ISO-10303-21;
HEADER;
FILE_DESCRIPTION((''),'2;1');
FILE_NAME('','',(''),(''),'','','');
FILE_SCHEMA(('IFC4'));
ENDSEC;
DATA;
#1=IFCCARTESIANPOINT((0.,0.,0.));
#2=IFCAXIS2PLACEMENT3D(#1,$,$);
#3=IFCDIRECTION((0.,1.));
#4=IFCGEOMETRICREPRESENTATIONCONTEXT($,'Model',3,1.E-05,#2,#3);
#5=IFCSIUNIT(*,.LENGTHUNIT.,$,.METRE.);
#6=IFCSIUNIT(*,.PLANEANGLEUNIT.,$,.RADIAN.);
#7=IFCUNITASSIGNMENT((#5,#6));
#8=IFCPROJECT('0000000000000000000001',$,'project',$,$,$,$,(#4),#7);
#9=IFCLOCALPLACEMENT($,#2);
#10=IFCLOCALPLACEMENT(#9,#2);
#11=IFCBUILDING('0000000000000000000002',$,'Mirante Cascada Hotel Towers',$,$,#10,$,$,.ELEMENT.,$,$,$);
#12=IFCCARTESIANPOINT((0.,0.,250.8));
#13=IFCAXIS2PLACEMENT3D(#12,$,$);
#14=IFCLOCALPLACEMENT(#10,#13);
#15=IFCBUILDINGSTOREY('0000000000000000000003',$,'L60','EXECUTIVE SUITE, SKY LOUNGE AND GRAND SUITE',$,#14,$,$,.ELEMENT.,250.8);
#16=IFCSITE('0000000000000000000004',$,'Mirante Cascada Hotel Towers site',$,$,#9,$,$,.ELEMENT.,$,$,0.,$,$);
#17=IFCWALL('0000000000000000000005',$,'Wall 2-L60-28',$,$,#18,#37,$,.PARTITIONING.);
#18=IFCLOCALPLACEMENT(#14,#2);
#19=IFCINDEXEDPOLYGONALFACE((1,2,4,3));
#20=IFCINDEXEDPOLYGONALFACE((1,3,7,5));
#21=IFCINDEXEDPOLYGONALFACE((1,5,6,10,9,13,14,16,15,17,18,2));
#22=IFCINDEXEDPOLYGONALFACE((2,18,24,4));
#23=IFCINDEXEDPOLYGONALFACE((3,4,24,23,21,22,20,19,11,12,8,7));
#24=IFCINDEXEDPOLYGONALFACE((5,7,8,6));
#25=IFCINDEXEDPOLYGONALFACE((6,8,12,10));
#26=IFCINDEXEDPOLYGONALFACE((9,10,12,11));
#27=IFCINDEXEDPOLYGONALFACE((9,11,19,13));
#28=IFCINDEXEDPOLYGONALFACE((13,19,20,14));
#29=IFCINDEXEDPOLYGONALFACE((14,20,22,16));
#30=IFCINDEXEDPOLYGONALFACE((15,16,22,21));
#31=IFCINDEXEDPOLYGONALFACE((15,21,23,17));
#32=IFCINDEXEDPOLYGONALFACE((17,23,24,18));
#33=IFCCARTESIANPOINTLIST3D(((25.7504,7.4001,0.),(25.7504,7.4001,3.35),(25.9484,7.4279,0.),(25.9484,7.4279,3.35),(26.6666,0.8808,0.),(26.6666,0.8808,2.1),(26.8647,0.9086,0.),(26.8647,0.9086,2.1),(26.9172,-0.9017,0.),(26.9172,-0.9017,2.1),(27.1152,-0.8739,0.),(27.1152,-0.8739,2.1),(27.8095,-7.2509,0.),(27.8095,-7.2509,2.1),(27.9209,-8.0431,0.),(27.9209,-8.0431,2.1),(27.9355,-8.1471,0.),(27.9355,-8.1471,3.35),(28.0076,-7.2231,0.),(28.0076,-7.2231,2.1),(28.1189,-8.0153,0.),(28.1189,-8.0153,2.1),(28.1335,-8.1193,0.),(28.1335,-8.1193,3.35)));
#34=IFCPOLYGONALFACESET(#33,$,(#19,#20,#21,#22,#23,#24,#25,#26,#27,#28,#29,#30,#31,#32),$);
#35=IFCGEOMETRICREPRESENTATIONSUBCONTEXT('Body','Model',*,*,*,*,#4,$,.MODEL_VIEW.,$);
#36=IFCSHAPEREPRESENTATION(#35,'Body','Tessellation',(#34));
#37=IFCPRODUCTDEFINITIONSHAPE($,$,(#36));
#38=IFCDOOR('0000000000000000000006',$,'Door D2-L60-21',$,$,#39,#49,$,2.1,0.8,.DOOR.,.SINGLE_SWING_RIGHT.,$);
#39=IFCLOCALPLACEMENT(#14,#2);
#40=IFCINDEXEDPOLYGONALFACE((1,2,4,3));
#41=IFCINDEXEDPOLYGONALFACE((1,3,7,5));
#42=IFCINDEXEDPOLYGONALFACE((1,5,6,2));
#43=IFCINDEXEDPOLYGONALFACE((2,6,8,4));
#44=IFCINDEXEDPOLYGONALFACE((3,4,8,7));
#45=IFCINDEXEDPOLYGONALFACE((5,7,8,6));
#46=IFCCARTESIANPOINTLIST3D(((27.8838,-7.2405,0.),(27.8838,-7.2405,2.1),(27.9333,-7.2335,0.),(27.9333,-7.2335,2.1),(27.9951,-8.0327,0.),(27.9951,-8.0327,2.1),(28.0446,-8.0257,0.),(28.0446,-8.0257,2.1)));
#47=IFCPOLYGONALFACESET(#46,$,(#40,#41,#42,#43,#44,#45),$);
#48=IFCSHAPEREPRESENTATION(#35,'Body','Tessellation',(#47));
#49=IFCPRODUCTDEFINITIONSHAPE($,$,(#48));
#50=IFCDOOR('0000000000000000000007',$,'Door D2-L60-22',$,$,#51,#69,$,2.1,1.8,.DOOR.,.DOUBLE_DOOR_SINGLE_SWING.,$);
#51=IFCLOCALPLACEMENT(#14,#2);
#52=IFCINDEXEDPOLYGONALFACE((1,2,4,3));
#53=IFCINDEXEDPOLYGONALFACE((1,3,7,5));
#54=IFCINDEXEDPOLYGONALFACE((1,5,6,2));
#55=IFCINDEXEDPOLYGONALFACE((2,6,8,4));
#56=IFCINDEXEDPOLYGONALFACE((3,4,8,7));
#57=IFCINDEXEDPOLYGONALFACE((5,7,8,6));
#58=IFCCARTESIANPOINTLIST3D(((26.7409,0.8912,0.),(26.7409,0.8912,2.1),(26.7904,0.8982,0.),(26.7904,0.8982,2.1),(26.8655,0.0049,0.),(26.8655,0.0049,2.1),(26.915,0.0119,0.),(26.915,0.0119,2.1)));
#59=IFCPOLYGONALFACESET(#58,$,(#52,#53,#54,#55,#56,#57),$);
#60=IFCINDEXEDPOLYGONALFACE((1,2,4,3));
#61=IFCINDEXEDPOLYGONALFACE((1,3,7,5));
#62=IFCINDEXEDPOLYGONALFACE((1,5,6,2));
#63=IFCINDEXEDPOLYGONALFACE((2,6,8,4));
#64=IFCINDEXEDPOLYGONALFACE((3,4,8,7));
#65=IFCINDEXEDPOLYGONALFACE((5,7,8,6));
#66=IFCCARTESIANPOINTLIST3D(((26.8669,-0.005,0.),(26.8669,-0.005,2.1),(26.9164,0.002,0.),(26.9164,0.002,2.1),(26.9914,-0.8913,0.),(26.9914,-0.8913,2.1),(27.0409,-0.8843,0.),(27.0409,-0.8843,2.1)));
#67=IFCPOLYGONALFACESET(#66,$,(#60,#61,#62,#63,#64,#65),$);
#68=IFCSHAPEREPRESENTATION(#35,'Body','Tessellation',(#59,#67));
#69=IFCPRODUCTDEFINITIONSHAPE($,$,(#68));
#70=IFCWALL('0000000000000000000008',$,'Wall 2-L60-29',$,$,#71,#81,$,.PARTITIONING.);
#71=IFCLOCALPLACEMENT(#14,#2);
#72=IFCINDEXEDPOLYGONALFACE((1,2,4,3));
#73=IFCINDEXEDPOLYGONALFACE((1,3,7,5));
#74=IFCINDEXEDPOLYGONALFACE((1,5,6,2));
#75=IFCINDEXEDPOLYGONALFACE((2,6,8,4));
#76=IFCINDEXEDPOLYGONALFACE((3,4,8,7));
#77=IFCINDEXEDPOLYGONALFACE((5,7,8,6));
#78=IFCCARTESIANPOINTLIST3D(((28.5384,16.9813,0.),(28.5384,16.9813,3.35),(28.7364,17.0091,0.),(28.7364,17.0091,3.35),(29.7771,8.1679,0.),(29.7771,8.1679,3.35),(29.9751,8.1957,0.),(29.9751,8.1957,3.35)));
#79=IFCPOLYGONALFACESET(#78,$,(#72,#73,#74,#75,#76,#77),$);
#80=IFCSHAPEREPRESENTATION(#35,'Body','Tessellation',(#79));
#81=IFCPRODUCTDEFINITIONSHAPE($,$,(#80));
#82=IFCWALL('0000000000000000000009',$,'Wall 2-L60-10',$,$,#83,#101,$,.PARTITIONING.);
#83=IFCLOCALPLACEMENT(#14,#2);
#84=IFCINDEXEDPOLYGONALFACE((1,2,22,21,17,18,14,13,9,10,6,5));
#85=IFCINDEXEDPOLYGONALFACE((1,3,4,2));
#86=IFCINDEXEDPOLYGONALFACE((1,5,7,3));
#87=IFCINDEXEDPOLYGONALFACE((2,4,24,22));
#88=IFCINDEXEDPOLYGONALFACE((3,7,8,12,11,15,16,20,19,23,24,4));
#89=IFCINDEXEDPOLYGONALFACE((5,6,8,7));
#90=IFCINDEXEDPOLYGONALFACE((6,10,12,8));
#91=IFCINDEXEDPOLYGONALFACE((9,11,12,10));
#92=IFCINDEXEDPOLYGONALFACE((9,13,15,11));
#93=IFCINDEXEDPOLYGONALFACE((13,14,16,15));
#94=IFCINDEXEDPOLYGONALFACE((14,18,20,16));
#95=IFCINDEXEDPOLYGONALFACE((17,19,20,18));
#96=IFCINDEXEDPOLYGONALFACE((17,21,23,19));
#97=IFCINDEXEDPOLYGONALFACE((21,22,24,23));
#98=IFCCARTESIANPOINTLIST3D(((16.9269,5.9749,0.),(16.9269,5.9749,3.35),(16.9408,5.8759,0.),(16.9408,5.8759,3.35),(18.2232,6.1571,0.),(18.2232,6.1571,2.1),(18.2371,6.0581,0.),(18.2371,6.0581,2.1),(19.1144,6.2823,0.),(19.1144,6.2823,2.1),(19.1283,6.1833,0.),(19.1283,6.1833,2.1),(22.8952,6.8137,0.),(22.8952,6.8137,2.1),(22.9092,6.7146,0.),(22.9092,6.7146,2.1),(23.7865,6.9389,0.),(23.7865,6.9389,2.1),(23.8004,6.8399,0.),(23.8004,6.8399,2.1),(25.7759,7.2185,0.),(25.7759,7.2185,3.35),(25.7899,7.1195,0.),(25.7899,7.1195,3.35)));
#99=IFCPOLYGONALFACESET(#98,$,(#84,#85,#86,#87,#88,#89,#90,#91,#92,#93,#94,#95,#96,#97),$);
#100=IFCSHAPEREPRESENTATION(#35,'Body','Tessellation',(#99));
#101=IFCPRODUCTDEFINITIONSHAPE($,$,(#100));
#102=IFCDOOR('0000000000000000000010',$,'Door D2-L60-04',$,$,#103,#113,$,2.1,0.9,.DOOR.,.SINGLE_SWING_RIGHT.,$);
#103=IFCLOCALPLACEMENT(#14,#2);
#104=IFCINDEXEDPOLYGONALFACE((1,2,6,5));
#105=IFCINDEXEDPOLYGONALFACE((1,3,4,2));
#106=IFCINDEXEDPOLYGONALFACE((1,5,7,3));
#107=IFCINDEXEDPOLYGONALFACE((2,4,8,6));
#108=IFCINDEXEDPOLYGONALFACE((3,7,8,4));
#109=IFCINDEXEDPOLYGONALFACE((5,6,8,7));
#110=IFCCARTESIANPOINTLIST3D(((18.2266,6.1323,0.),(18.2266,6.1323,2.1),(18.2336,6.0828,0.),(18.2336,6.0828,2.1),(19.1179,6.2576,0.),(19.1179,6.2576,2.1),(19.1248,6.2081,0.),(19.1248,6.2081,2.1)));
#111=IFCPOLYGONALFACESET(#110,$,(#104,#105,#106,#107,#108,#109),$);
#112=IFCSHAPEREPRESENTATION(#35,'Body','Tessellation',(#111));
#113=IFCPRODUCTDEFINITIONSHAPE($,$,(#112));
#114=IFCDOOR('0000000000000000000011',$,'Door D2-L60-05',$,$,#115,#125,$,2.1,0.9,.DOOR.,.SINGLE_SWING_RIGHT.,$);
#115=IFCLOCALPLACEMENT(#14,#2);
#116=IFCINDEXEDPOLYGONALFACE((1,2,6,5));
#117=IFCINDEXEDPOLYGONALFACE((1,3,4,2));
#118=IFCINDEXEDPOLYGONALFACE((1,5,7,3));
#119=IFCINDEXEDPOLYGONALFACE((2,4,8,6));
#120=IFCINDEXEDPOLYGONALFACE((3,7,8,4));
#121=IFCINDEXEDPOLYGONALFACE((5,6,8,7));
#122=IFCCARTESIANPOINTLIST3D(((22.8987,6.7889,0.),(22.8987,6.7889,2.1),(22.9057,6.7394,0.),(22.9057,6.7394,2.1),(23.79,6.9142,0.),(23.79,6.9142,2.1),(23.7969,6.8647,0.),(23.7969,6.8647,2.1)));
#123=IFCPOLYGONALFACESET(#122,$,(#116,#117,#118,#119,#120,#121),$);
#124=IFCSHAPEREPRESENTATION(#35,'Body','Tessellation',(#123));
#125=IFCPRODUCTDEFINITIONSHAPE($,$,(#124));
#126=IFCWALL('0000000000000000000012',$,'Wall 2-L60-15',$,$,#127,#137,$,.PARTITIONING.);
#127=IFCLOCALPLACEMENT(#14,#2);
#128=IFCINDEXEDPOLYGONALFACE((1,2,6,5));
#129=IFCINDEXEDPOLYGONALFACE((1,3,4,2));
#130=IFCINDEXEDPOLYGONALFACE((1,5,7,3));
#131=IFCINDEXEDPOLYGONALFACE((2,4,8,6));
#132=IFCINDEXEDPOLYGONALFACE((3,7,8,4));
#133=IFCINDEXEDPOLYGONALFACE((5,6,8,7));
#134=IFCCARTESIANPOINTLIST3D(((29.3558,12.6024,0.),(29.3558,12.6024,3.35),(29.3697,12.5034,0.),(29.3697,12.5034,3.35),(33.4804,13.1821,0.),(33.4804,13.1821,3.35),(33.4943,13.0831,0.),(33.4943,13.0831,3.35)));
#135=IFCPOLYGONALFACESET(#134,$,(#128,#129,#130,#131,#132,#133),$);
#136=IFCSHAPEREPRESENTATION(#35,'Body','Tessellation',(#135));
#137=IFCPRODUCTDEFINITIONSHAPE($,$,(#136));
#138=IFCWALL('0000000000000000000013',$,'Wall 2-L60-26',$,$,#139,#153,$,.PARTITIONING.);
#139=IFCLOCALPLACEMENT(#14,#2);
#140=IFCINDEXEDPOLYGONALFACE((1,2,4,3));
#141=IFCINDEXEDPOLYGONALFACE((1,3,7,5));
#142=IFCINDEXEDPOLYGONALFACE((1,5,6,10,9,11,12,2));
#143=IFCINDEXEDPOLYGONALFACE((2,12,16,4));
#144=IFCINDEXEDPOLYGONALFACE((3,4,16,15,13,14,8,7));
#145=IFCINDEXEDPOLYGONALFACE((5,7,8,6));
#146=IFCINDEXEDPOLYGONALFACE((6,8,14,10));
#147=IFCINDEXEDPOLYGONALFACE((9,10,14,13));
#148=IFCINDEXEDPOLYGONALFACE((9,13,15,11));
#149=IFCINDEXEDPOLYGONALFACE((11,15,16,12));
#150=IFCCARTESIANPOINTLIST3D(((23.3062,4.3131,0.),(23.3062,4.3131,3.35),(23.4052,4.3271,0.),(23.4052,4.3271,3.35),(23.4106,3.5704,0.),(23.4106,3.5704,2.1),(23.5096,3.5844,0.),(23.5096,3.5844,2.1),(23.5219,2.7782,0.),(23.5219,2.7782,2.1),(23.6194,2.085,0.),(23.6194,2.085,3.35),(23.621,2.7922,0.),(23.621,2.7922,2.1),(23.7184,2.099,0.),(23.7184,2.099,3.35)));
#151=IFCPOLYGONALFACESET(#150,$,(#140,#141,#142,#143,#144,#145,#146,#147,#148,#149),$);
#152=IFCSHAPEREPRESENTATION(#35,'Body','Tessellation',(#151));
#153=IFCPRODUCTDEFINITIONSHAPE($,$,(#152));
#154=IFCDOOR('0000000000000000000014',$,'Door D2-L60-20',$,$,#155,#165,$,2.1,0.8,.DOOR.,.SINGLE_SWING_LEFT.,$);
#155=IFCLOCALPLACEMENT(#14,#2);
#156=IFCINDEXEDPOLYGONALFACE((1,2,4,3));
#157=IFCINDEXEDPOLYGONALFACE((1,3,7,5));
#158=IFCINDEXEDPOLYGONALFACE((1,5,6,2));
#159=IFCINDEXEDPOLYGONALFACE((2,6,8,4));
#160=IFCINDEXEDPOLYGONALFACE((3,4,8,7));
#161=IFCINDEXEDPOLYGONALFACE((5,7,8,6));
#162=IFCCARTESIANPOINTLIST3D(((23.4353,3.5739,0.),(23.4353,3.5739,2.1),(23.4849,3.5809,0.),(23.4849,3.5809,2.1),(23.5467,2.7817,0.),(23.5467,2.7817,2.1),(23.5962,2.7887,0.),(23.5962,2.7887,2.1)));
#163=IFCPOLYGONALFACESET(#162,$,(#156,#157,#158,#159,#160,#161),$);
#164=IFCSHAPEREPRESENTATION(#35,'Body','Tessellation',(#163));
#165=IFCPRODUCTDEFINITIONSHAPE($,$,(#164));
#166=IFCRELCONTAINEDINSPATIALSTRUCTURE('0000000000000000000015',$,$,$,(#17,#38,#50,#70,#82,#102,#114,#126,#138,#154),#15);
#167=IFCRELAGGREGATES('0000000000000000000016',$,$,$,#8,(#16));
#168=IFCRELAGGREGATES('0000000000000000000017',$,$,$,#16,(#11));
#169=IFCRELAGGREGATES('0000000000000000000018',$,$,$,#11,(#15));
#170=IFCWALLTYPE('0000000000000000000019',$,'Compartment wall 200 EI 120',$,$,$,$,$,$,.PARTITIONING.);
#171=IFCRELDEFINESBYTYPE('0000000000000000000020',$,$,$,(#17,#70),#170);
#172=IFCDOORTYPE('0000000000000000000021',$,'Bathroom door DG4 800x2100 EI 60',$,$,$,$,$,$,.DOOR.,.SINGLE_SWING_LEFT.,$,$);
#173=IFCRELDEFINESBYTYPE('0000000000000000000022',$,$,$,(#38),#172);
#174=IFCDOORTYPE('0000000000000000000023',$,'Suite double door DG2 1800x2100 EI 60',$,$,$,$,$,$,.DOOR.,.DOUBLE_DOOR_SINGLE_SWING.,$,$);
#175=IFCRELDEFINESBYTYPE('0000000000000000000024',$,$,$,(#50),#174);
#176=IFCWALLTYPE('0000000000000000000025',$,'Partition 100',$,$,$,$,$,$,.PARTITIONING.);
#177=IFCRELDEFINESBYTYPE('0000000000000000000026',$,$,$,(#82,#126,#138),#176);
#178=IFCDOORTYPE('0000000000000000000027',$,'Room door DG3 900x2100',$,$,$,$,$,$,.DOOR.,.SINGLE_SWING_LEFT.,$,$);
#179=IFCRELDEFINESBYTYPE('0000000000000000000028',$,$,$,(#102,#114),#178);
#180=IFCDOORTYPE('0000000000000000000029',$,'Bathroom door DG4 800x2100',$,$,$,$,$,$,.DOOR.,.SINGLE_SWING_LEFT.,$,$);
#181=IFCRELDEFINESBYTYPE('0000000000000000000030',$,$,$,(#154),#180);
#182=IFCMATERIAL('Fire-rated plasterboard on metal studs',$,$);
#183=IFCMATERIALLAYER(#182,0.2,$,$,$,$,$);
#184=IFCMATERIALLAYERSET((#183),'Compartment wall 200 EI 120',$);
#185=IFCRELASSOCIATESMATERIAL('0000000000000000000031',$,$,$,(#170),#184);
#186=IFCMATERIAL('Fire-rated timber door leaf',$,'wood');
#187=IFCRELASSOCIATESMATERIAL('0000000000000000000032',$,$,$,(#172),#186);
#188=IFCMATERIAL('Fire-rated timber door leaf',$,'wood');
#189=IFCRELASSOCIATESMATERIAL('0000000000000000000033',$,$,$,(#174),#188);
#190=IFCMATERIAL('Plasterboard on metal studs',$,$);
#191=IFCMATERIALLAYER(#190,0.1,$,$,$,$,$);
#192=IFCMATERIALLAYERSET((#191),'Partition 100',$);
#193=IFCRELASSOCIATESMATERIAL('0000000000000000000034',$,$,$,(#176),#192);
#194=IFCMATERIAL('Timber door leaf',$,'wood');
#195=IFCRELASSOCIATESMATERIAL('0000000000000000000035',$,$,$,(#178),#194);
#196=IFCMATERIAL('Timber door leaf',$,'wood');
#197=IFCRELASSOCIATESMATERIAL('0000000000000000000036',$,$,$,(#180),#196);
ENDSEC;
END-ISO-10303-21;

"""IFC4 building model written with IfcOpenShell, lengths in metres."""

from ifc_helpers import new_model, si_unit, direction, frame, frame_2d, origin, place, context, subcontext, project, spatial, rectangle, extrude, material, layer, layer_set, type_object, element, fill, save


model = new_model("IFC4")

# Units and contexts
model_context = context("Model", 3, precision=1e-05, world=origin(), true_north=direction((0.0, 1.0)))
body_context = subcontext(model_context, "Body", "Model", "MODEL_VIEW")
ifc_project = project(units=[si_unit("LENGTHUNIT", "METRE"), si_unit("PLANEANGLEUNIT", "RADIAN")], contexts=[model_context])

# Site, building, storey
site_placement = place(None, origin())
site = spatial("IfcSite", under=ifc_project, at=site_placement, Name="Mirante Cascada Hotel Towers site", CompositionType="ELEMENT", RefElevation=0.0)
building_placement = place(site_placement, origin())
building = spatial("IfcBuilding", under=site, at=building_placement, Name="Mirante Cascada Hotel Towers", CompositionType="ELEMENT")
storey_placement = place(building_placement, frame((0.0, 0.0, 250.8)))
storey = spatial("IfcBuildingStorey", under=building, at=storey_placement, Name="L60", Description="EXECUTIVE SUITE, SKY LOUNGE AND GRAND SUITE", CompositionType="ELEMENT", Elevation=250.8)

# Wall, openings, doors
ifc_material_1 = material(Name="Fire-rated plasterboard on metal studs")
ifc_layer_1 = layer(ifc_material_1, 0.2)
ifc_layer_set_1 = layer_set([ifc_layer_1], Name="Compartment wall 200 EI 120")
wall_type_1 = type_object("IfcWallType", Name="Compartment wall 200 EI 120", PredefinedType="PARTITIONING", material=ifc_layer_set_1)
wall_1_placement = place(storey_placement, frame((25.8494, 7.414, 0.0), z_axis=(0.0, 0.0, 1.0), x_axis=(0.139178, -0.990267, 0.0)))
wall_1 = element("IfcWall", 1, at=wall_1_placement, inside=storey, type_object=wall_type_1, Name="Wall 2-L60-28", PredefinedType="PARTITIONING", context=body_context, shape_type="SweptSolid", body=[
    extrude(rectangle(XDim=15.7, YDim=0.2, at=frame_2d((7.85, 0.0))), origin(), (0.0, 0.0, 1.0), 3.35),
])
opening_1_placement = place(wall_1_placement, frame((14.795, 0.0, 0.0)))
opening_1 = element("IfcOpeningElement", 2, at=opening_1_placement, cuts=wall_1, PredefinedType="OPENING", context=body_context, shape_type="SweptSolid", body=[
    extrude(rectangle(XDim=0.8, YDim=2.1, at=frame_2d((0.4, 1.05))), frame((0.0, 0.1, 0.0), z_axis=(0.0, -1.0, 0.0), x_axis=(1.0, 0.0, 0.0)), (0.0, 0.0, 1.0), 0.2),
])
opening_2_placement = place(wall_1_placement, frame((6.5834, 0.0, 0.0)))
opening_2 = element("IfcOpeningElement", 3, at=opening_2_placement, cuts=wall_1, PredefinedType="OPENING", context=body_context, shape_type="SweptSolid", body=[
    extrude(rectangle(XDim=1.8, YDim=2.1, at=frame_2d((0.9, 1.05))), frame((0.0, 0.1, 0.0), z_axis=(0.0, -1.0, 0.0), x_axis=(1.0, 0.0, 0.0)), (0.0, 0.0, 1.0), 0.2),
])
ifc_material_2 = material(Name="Fire-rated timber door leaf", Category="wood")
door_type_1 = type_object("IfcDoorType", Name="Bathroom door DG4 800x2100 EI 60", OperationType="SINGLE_SWING_LEFT", PredefinedType="DOOR", material=ifc_material_2)
door_1_placement = place(opening_1_placement, frame((0.8, 0.0, 0.0), z_axis=(0.0, 0.0, 1.0), x_axis=(-1.0, 0.0, 0.0)))
door_1 = element("IfcDoor", 4, at=door_1_placement, inside=storey, type_object=door_type_1, Name="Door D2-L60-21", OperationType="SINGLE_SWING_RIGHT", OverallHeight=2.1, OverallWidth=0.8, PredefinedType="DOOR", context=body_context, shape_type="SweptSolid", body=[
    extrude(rectangle(XDim=0.8, YDim=2.1, at=frame_2d((0.4, 1.05))), frame((0.0, 0.025, 0.0), z_axis=(0.0, -1.0, 0.0), x_axis=(1.0, 0.0, 0.0)), (0.0, 0.0, 1.0), 0.05),
])
fill(opening_1, door_1)
ifc_material_3 = material(Name="Fire-rated timber door leaf", Category="wood")
door_type_2 = type_object("IfcDoorType", Name="Suite double door DG2 1800x2100 EI 60", OperationType="DOUBLE_DOOR_SINGLE_SWING", PredefinedType="DOOR", material=ifc_material_3)
door_2_placement = place(opening_2_placement, origin())
door_2 = element("IfcDoor", 5, at=door_2_placement, inside=storey, type_object=door_type_2, Name="Door D2-L60-22", OperationType="DOUBLE_DOOR_SINGLE_SWING", OverallHeight=2.1, OverallWidth=1.8, PredefinedType="DOOR", context=body_context, shape_type="SweptSolid", body=[
    extrude(rectangle(XDim=0.895, YDim=2.1, at=frame_2d((0.4475, 1.05))), frame((0.0, 0.025, 0.0), z_axis=(0.0, -1.0, 0.0), x_axis=(1.0, 0.0, 0.0)), (0.0, 0.0, 1.0), 0.05),
    extrude(rectangle(XDim=0.895, YDim=2.1, at=frame_2d((1.3525, 1.05))), frame((0.0, 0.025, 0.0), z_axis=(0.0, -1.0, 0.0), x_axis=(1.0, 0.0, 0.0)), (0.0, 0.0, 1.0), 0.05),
])
fill(opening_2, door_2)

# Wall
wall_2_placement = place(storey_placement, frame((29.8761, 8.1818, 0.0), z_axis=(0.0, 0.0, 1.0), x_axis=(-0.139179, 0.990267, 0.0)))
element("IfcWall", 6, at=wall_2_placement, inside=storey, type_object=wall_type_1, Name="Wall 2-L60-29", PredefinedType="PARTITIONING", context=body_context, shape_type="SweptSolid", body=[
    extrude(rectangle(XDim=8.9, YDim=0.2, at=frame_2d((4.45, 0.0))), origin(), (0.0, 0.0, 1.0), 3.35),
])

# Wall, openings, doors
ifc_material_4 = material(Name="Plasterboard on metal studs")
ifc_layer_2 = layer(ifc_material_4, 0.1)
ifc_layer_set_2 = layer_set([ifc_layer_2], Name="Partition 100")
wall_type_2 = type_object("IfcWallType", Name="Partition 100", PredefinedType="PARTITIONING", material=ifc_layer_set_2)
wall_3_placement = place(storey_placement, frame((25.7829, 7.169, 0.0), z_axis=(0.0, 0.0, 1.0), x_axis=(-0.990269, -0.139168, 0.0)))
wall_3 = element("IfcWall", 7, at=wall_3_placement, inside=storey, type_object=wall_type_2, Name="Wall 2-L60-10", PredefinedType="PARTITIONING", context=body_context, shape_type="SweptSolid", body=[
    extrude(rectangle(XDim=8.936, YDim=0.1, at=frame_2d((4.468, 0.0))), origin(), (0.0, 0.0, 1.0), 3.35),
])
opening_3_placement = place(wall_3_placement, frame((6.727, 0.0, 0.0)))
opening_3 = element("IfcOpeningElement", 8, at=opening_3_placement, cuts=wall_3, PredefinedType="OPENING", context=body_context, shape_type="SweptSolid", body=[
    extrude(rectangle(XDim=0.9, YDim=2.1, at=frame_2d((0.45, 1.05))), frame((0.0, 0.05, 0.0), z_axis=(0.0, -1.0, 0.0), x_axis=(1.0, 0.0, 0.0)), (0.0, 0.0, 1.0), 0.1),
])
opening_4_placement = place(wall_3_placement, frame((2.009, 0.0, 0.0)))
opening_4 = element("IfcOpeningElement", 9, at=opening_4_placement, cuts=wall_3, PredefinedType="OPENING", context=body_context, shape_type="SweptSolid", body=[
    extrude(rectangle(XDim=0.9, YDim=2.1, at=frame_2d((0.45, 1.05))), frame((0.0, 0.05, 0.0), z_axis=(0.0, -1.0, 0.0), x_axis=(1.0, 0.0, 0.0)), (0.0, 0.0, 1.0), 0.1),
])
ifc_material_5 = material(Name="Timber door leaf", Category="wood")
door_type_3 = type_object("IfcDoorType", Name="Room door DG3 900x2100", OperationType="SINGLE_SWING_LEFT", PredefinedType="DOOR", material=ifc_material_5)
door_3_placement = place(opening_3_placement, frame((0.9, 0.0, 0.0), z_axis=(0.0, 0.0, 1.0), x_axis=(-1.0, 0.0, 0.0)))
door_3 = element("IfcDoor", 10, at=door_3_placement, inside=storey, type_object=door_type_3, Name="Door D2-L60-04", OperationType="SINGLE_SWING_RIGHT", OverallHeight=2.1, OverallWidth=0.9, PredefinedType="DOOR", context=body_context, shape_type="SweptSolid", body=[
    extrude(rectangle(XDim=0.9, YDim=2.1, at=frame_2d((0.45, 1.05))), frame((0.0, 0.025, 0.0), z_axis=(0.0, -1.0, 0.0), x_axis=(1.0, 0.0, 0.0)), (0.0, 0.0, 1.0), 0.05),
])
fill(opening_3, door_3)
door_4_placement = place(opening_4_placement, frame((0.9, 0.0, 0.0), z_axis=(0.0, 0.0, 1.0), x_axis=(-1.0, 0.0, 0.0)))
door_4 = element("IfcDoor", 11, at=door_4_placement, inside=storey, type_object=door_type_3, Name="Door D2-L60-05", OperationType="SINGLE_SWING_RIGHT", OverallHeight=2.1, OverallWidth=0.9, PredefinedType="DOOR", context=body_context, shape_type="SweptSolid", body=[
    extrude(rectangle(XDim=0.9, YDim=2.1, at=frame_2d((0.45, 1.05))), frame((0.0, 0.025, 0.0), z_axis=(0.0, -1.0, 0.0), x_axis=(1.0, 0.0, 0.0)), (0.0, 0.0, 1.0), 0.05),
])
fill(opening_4, door_4)

# Wall
wall_4_placement = place(storey_placement, frame((29.3627, 12.5529, 0.0), z_axis=(0.0, 0.0, 1.0), x_axis=(0.990267, 0.139179, 0.0)))
element("IfcWall", 12, at=wall_4_placement, inside=storey, type_object=wall_type_2, Name="Wall 2-L60-15", PredefinedType="PARTITIONING", context=body_context, shape_type="SweptSolid", body=[
    extrude(rectangle(XDim=4.1651, YDim=0.1, at=frame_2d((2.0826, 0.0))), origin(), (0.0, 0.0, 1.0), 3.35),
])

# Wall, opening, door
wall_5_placement = place(storey_placement, frame((23.3557, 4.3201, 0.0), z_axis=(0.0, 0.0, 1.0), x_axis=(0.1392, -0.990264, 0.0)))
wall_5 = element("IfcWall", 13, at=wall_5_placement, inside=storey, type_object=wall_type_2, Name="Wall 2-L60-26", PredefinedType="PARTITIONING", context=body_context, shape_type="SweptSolid", body=[
    extrude(rectangle(XDim=2.25, YDim=0.1, at=frame_2d((1.125, 0.0))), origin(), (0.0, 0.0, 1.0), 3.35),
])
opening_5_placement = place(wall_5_placement, frame((0.75, 0.0, 0.0)))
opening_5 = element("IfcOpeningElement", 14, at=opening_5_placement, cuts=wall_5, PredefinedType="OPENING", context=body_context, shape_type="SweptSolid", body=[
    extrude(rectangle(XDim=0.8, YDim=2.1, at=frame_2d((0.4, 1.05))), frame((0.0, 0.05, 0.0), z_axis=(0.0, -1.0, 0.0), x_axis=(1.0, 0.0, 0.0)), (0.0, 0.0, 1.0), 0.1),
])
ifc_material_6 = material(Name="Timber door leaf", Category="wood")
door_type_4 = type_object("IfcDoorType", Name="Bathroom door DG4 800x2100", OperationType="SINGLE_SWING_LEFT", PredefinedType="DOOR", material=ifc_material_6)
door_5_placement = place(opening_5_placement, origin())
door_5 = element("IfcDoor", 15, at=door_5_placement, inside=storey, type_object=door_type_4, Name="Door D2-L60-20", OperationType="SINGLE_SWING_LEFT", OverallHeight=2.1, OverallWidth=0.8, PredefinedType="DOOR", context=body_context, shape_type="SweptSolid", body=[
    extrude(rectangle(XDim=0.8, YDim=2.1, at=frame_2d((0.4, 1.05))), frame((0.0, 0.025, 0.0), z_axis=(0.0, -1.0, 0.0), x_axis=(1.0, 0.0, 0.0)), (0.0, 0.0, 1.0), 0.05),
])
fill(opening_5, door_5)

save(model, "model.ifc")
